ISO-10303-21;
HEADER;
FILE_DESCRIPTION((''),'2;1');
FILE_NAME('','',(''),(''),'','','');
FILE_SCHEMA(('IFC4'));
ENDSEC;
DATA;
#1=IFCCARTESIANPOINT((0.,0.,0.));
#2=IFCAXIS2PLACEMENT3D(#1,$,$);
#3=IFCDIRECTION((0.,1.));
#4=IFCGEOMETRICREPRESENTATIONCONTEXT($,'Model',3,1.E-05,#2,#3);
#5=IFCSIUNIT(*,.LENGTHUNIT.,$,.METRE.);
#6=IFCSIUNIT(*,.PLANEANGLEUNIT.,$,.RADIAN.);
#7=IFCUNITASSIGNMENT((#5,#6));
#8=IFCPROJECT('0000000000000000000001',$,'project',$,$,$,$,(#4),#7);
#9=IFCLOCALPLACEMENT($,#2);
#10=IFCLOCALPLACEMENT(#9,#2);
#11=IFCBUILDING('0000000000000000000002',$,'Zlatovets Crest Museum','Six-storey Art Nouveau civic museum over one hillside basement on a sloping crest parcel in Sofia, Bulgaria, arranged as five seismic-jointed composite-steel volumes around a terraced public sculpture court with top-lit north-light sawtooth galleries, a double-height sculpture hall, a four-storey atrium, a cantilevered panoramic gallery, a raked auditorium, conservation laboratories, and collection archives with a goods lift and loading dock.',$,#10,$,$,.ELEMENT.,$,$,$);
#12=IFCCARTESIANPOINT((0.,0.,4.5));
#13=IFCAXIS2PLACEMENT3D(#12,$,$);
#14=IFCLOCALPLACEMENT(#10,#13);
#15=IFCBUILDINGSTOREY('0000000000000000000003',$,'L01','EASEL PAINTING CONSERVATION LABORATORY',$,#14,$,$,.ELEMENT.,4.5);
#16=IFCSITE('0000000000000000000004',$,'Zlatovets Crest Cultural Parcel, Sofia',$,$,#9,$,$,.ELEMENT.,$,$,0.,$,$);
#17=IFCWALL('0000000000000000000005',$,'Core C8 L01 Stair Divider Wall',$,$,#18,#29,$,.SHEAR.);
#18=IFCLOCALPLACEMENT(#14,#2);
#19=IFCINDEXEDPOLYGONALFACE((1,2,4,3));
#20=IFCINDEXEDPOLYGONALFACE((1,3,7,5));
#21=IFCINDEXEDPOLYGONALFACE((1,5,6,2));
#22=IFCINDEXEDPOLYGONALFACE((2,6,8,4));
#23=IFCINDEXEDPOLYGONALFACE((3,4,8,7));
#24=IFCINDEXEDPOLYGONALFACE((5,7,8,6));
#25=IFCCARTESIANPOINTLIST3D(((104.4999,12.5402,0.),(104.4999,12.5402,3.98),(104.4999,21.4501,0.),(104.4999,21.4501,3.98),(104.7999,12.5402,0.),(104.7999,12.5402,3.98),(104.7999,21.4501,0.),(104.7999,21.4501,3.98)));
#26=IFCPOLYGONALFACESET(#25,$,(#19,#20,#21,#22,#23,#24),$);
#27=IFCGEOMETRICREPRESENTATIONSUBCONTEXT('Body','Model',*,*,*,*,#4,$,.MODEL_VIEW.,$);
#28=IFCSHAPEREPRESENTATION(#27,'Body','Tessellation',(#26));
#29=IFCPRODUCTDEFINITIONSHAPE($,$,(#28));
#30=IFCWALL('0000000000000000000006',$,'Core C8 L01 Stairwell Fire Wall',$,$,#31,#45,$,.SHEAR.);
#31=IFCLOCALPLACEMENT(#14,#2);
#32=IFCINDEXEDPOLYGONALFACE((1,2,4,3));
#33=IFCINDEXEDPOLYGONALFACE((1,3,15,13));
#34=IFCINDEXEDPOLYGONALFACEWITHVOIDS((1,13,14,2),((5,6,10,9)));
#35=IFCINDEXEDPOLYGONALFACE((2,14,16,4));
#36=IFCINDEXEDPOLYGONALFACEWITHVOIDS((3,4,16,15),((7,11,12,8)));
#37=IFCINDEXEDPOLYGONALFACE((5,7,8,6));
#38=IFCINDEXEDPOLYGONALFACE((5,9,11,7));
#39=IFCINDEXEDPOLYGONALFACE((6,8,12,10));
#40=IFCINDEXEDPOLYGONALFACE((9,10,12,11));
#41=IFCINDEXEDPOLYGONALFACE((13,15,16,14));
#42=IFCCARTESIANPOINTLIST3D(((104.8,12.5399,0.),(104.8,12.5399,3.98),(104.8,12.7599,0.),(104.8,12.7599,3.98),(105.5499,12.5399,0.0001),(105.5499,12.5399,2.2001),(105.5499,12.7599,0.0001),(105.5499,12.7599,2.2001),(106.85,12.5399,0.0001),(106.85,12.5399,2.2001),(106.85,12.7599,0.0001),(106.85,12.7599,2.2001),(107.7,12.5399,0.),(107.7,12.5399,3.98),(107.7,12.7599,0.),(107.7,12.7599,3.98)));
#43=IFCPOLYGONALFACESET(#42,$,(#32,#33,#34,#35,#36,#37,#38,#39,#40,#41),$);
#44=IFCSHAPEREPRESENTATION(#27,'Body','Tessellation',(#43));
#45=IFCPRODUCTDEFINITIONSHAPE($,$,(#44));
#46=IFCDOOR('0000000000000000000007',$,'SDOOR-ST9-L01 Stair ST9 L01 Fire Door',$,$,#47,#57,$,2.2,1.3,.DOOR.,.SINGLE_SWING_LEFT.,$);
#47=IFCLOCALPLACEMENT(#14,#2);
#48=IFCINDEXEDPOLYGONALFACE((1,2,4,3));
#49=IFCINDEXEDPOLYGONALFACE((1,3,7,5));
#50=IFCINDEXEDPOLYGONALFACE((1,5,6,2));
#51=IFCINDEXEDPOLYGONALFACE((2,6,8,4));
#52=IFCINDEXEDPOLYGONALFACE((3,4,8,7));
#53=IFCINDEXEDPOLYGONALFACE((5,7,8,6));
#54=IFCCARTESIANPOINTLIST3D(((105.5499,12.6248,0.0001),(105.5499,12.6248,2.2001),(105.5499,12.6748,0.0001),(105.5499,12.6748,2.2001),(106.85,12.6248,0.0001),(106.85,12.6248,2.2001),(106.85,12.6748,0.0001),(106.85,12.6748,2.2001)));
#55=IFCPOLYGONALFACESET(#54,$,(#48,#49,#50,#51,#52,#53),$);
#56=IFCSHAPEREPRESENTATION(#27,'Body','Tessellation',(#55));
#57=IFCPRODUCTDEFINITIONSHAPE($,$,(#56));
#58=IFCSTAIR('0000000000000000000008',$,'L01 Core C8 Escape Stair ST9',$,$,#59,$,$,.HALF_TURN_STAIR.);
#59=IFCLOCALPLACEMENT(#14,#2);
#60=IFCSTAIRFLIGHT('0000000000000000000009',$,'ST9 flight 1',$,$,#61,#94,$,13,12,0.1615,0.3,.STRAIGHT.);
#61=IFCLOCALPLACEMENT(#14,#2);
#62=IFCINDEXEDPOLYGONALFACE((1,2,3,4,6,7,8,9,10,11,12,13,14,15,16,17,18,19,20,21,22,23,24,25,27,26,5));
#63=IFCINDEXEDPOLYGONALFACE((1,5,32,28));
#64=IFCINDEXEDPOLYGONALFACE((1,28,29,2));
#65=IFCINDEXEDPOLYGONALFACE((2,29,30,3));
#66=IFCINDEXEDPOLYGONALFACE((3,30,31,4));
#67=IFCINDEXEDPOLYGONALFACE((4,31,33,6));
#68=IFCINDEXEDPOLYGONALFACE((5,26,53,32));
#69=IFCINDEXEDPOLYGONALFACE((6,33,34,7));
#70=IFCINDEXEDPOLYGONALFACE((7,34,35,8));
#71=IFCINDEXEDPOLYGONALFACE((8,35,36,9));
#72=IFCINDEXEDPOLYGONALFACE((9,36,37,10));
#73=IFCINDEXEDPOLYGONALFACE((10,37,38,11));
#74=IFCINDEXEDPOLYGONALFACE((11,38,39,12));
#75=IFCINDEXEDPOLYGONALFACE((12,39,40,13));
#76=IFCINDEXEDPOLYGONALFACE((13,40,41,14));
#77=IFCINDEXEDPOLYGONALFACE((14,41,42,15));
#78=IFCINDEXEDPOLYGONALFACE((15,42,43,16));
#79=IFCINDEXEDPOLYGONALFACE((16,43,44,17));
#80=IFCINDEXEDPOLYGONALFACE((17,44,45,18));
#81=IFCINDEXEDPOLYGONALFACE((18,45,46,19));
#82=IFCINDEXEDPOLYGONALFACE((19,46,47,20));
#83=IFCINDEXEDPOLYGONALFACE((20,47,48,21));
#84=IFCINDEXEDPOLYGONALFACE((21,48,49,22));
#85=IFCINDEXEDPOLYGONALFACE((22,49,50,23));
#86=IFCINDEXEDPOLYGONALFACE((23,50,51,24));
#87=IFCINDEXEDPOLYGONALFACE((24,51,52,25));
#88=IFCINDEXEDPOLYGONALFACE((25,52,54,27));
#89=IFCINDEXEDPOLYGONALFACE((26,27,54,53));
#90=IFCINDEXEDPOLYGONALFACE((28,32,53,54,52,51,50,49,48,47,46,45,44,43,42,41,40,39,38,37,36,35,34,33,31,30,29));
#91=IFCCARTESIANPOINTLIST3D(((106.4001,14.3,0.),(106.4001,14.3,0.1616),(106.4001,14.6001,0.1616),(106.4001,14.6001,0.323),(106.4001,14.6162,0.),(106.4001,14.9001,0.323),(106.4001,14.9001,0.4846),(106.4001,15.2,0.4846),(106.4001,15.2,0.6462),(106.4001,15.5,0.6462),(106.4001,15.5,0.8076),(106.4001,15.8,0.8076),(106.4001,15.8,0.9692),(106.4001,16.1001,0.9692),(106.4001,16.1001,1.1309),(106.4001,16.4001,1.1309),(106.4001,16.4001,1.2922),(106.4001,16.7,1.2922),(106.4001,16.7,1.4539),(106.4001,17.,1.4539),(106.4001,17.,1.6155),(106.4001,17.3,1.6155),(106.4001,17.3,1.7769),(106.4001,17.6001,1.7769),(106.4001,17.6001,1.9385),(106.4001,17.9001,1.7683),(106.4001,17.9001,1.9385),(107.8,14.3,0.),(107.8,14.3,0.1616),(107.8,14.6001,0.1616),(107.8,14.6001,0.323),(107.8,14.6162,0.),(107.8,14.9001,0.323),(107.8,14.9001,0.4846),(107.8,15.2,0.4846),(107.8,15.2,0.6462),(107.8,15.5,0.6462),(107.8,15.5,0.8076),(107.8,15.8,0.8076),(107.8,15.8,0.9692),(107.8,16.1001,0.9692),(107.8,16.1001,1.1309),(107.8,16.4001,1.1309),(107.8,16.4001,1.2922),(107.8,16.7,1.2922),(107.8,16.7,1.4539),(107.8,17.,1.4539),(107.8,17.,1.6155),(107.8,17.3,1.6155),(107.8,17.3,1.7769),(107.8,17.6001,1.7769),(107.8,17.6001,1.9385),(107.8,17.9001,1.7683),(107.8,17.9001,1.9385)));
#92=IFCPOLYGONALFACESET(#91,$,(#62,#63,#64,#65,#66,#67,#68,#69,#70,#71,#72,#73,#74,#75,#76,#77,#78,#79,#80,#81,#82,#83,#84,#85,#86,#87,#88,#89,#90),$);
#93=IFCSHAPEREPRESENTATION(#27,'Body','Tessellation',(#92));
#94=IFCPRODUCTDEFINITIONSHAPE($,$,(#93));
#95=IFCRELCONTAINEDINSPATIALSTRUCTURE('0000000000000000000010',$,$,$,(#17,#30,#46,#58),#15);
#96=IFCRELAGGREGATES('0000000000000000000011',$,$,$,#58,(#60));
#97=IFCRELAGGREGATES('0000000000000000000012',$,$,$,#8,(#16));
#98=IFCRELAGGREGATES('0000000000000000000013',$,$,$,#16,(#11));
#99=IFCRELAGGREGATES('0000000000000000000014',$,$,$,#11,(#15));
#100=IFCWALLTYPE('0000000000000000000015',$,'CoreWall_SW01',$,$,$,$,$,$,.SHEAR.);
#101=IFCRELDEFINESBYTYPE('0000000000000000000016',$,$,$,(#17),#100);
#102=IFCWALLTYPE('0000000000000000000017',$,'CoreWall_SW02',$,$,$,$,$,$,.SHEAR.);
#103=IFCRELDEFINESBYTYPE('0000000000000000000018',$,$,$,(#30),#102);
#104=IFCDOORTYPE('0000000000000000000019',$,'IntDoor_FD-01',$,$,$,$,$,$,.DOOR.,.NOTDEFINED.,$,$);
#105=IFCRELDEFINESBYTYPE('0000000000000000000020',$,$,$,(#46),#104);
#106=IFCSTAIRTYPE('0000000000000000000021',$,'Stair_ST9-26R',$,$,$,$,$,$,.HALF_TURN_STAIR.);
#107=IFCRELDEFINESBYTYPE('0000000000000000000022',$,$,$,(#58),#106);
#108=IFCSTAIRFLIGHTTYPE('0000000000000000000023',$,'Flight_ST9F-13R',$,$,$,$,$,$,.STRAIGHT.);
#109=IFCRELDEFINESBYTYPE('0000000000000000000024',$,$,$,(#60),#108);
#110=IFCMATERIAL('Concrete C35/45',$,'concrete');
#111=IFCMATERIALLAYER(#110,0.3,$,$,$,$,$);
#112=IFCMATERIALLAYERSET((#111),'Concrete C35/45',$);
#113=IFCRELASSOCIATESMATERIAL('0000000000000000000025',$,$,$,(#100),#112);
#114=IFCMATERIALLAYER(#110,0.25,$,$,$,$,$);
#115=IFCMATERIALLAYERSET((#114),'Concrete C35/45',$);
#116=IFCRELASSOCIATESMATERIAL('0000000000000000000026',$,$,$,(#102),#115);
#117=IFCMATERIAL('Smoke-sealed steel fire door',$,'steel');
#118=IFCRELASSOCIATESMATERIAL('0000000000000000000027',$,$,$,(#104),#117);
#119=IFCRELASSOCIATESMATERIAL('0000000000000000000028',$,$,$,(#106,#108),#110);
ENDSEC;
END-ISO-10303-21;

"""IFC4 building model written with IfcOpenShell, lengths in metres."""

from ifc_helpers import new_model, si_unit, direction, frame, frame_2d, origin, place, context, subcontext, project, spatial, polyline, rectangle, outline, extrude, material, layer, layer_set, type_object, element, fill, aggregate, save


model = new_model("IFC4")

# Units and contexts
model_context = context("Model", 3, precision=1e-05, world=origin(), true_north=direction((0.0, 1.0)))
body_context = subcontext(model_context, "Body", "Model", "MODEL_VIEW")
ifc_project = project(units=[si_unit("LENGTHUNIT", "METRE"), si_unit("PLANEANGLEUNIT", "RADIAN")], contexts=[model_context])

# Site, building, storey
site_placement = place(None, origin())
site = spatial("IfcSite", under=ifc_project, at=site_placement, Name="Zlatovets Crest Cultural Parcel, Sofia", CompositionType="ELEMENT", RefElevation=0.0)
building_placement = place(site_placement, origin())
building = spatial("IfcBuilding", under=site, at=building_placement, Name="Zlatovets Crest Museum", Description="Six-storey Art Nouveau civic museum over one hillside basement on a sloping crest parcel in Sofia, Bulgaria, arranged as five seismic-jointed composite-steel volumes around a terraced public sculpture court with top-lit north-light sawtooth galleries, a double-height sculpture hall, a four-storey atrium, a cantilevered panoramic gallery, a raked auditorium, conservation laboratories, and collection archives with a goods lift and loading dock.", CompositionType="ELEMENT")
storey_placement = place(building_placement, frame((0.0, 0.0, 4.5)))
storey = spatial("IfcBuildingStorey", under=building, at=storey_placement, Name="L01", Description="EASEL PAINTING CONSERVATION LABORATORY", CompositionType="ELEMENT", Elevation=4.5)

# Wall
ifc_material_1 = material(Name="Concrete C35/45", Category="concrete")
ifc_layer_1 = layer(ifc_material_1, 0.3)
ifc_layer_set_1 = layer_set([ifc_layer_1], Name="Concrete C35/45")
wall_type_1 = type_object("IfcWallType", Name="CoreWall_SW01", PredefinedType="SHEAR", material=ifc_layer_set_1)
wall_1_placement = place(storey_placement, frame((104.6499, 12.54, 0.0), z_axis=(0.0, 0.0, 1.0), x_axis=(0.0, 1.0, 0.0)))
element("IfcWall", 1, at=wall_1_placement, inside=storey, type_object=wall_type_1, Name="Core C8 L01 Stair Divider Wall", PredefinedType="SHEAR", context=body_context, shape_type="SweptSolid", body=[
    extrude(rectangle(XDim=8.9099, YDim=0.3, at=frame_2d((4.4551, 0.0))), origin(), (0.0, 0.0, 1.0), 3.98),
])

# Wall, opening, door
ifc_layer_2 = layer(ifc_material_1, 0.25)
ifc_layer_set_2 = layer_set([ifc_layer_2], Name="Concrete C35/45")
wall_type_2 = type_object("IfcWallType", Name="CoreWall_SW02", PredefinedType="SHEAR", material=ifc_layer_set_2)
wall_2_placement = place(storey_placement, frame((104.8, 12.6499, 0.0), z_axis=(0.0, 0.0, 1.0), x_axis=(1.0, 0.0, 0.0)))
wall_2 = element("IfcWall", 2, at=wall_2_placement, inside=storey, type_object=wall_type_2, Name="Core C8 L01 Stairwell Fire Wall", PredefinedType="SHEAR", context=body_context, shape_type="SweptSolid", body=[
    extrude(rectangle(XDim=2.8999, YDim=0.22, at=frame_2d((1.45, 0.0))), origin(), (0.0, 0.0, 1.0), 3.98),
])
opening_placement = place(wall_2_placement, frame((0.75, 0.0, 0.0)))
opening = element("IfcOpeningElement", 3, at=opening_placement, cuts=wall_2, PredefinedType="OPENING", context=body_context, shape_type="SweptSolid", body=[
    extrude(rectangle(XDim=1.3, YDim=2.2, at=frame_2d((0.6499, 1.1001))), frame((0.0, 0.1201, 0.0), z_axis=(0.0, -1.0, 0.0), x_axis=(1.0, 0.0, 0.0)), (0.0, 0.0, 1.0), 0.24),
])
ifc_material_2 = material(Name="Smoke-sealed steel fire door", Category="steel")
door_type = type_object("IfcDoorType", Name="IntDoor_FD-01", OperationType="NOTDEFINED", PredefinedType="DOOR", material=ifc_material_2)
door_placement = place(opening_placement, origin())
door = element("IfcDoor", 4, at=door_placement, inside=storey, type_object=door_type, Name="SDOOR-ST9-L01 Stair ST9 L01 Fire Door", OperationType="SINGLE_SWING_LEFT", OverallHeight=2.2, OverallWidth=1.3, PredefinedType="DOOR", context=body_context, shape_type="SweptSolid", body=[
    extrude(rectangle(XDim=1.3, YDim=2.2, at=frame_2d((0.6499, 1.1001))), frame((0.0, 0.0249, 0.0), z_axis=(0.0, -1.0, 0.0), x_axis=(1.0, 0.0, 0.0)), (0.0, 0.0, 1.0), 0.05),
])
fill(opening, door)

# Stair, stair flight
stair_type = type_object("IfcStairType", Name="Stair_ST9-26R", PredefinedType="HALF_TURN_STAIR", material=ifc_material_1)
stair_placement = place(storey_placement, origin())
stair = element("IfcStair", 5, at=stair_placement, inside=storey, type_object=stair_type, Name="L01 Core C8 Escape Stair ST9", PredefinedType="HALF_TURN_STAIR")
stair_flight_type = type_object("IfcStairFlightType", Name="Flight_ST9F-13R", PredefinedType="STRAIGHT", material=ifc_material_1)
stair_flight_placement = place(storey_placement, frame((107.1001, 14.3, 0.0), z_axis=(0.0, 0.0, 1.0), x_axis=(0.0, 1.0, 0.0)))
stair_flight = element("IfcStairFlight", 6, at=stair_flight_placement, type_object=stair_flight_type, Name="ST9 flight 1", NumberOfRisers=13, NumberOfTreads=12, PredefinedType="STRAIGHT", RiserHeight=0.1615, TreadLength=0.3, context=body_context, shape_type="SweptSolid", body=[
    extrude(outline(polyline([(0.0, 0.0), (0.0, 0.1616), (0.3, 0.1616), (0.3, 0.323), (0.6001, 0.323), (0.6001, 0.4846), (0.8999, 0.4846), (0.8999, 0.6462), (1.2, 0.6462), (1.2, 0.8076), (1.5, 0.8076), (1.5, 0.9692), (1.8, 0.9692), (1.8, 1.1309), (2.1001, 1.1309), (2.1001, 1.2922), (2.3999, 1.2922), (2.3999, 1.4539), (2.7, 1.4539), (2.7, 1.6155), (3.0, 1.6155), (3.0, 1.7769), (3.3, 1.7769), (3.3, 1.9385), (3.6001, 1.9385), (3.6001, 2.1001), (3.6001, 1.7683), (0.3162, 0.0), (0.0, 0.0)])), frame((0.0, 0.7, 0.0), z_axis=(0.0, -1.0, 0.0), x_axis=(1.0, 0.0, 0.0)), (0.0, 0.0, 1.0), 1.3999),
])
aggregate(stair, [stair_flight])

save(model, "model.ifc")
